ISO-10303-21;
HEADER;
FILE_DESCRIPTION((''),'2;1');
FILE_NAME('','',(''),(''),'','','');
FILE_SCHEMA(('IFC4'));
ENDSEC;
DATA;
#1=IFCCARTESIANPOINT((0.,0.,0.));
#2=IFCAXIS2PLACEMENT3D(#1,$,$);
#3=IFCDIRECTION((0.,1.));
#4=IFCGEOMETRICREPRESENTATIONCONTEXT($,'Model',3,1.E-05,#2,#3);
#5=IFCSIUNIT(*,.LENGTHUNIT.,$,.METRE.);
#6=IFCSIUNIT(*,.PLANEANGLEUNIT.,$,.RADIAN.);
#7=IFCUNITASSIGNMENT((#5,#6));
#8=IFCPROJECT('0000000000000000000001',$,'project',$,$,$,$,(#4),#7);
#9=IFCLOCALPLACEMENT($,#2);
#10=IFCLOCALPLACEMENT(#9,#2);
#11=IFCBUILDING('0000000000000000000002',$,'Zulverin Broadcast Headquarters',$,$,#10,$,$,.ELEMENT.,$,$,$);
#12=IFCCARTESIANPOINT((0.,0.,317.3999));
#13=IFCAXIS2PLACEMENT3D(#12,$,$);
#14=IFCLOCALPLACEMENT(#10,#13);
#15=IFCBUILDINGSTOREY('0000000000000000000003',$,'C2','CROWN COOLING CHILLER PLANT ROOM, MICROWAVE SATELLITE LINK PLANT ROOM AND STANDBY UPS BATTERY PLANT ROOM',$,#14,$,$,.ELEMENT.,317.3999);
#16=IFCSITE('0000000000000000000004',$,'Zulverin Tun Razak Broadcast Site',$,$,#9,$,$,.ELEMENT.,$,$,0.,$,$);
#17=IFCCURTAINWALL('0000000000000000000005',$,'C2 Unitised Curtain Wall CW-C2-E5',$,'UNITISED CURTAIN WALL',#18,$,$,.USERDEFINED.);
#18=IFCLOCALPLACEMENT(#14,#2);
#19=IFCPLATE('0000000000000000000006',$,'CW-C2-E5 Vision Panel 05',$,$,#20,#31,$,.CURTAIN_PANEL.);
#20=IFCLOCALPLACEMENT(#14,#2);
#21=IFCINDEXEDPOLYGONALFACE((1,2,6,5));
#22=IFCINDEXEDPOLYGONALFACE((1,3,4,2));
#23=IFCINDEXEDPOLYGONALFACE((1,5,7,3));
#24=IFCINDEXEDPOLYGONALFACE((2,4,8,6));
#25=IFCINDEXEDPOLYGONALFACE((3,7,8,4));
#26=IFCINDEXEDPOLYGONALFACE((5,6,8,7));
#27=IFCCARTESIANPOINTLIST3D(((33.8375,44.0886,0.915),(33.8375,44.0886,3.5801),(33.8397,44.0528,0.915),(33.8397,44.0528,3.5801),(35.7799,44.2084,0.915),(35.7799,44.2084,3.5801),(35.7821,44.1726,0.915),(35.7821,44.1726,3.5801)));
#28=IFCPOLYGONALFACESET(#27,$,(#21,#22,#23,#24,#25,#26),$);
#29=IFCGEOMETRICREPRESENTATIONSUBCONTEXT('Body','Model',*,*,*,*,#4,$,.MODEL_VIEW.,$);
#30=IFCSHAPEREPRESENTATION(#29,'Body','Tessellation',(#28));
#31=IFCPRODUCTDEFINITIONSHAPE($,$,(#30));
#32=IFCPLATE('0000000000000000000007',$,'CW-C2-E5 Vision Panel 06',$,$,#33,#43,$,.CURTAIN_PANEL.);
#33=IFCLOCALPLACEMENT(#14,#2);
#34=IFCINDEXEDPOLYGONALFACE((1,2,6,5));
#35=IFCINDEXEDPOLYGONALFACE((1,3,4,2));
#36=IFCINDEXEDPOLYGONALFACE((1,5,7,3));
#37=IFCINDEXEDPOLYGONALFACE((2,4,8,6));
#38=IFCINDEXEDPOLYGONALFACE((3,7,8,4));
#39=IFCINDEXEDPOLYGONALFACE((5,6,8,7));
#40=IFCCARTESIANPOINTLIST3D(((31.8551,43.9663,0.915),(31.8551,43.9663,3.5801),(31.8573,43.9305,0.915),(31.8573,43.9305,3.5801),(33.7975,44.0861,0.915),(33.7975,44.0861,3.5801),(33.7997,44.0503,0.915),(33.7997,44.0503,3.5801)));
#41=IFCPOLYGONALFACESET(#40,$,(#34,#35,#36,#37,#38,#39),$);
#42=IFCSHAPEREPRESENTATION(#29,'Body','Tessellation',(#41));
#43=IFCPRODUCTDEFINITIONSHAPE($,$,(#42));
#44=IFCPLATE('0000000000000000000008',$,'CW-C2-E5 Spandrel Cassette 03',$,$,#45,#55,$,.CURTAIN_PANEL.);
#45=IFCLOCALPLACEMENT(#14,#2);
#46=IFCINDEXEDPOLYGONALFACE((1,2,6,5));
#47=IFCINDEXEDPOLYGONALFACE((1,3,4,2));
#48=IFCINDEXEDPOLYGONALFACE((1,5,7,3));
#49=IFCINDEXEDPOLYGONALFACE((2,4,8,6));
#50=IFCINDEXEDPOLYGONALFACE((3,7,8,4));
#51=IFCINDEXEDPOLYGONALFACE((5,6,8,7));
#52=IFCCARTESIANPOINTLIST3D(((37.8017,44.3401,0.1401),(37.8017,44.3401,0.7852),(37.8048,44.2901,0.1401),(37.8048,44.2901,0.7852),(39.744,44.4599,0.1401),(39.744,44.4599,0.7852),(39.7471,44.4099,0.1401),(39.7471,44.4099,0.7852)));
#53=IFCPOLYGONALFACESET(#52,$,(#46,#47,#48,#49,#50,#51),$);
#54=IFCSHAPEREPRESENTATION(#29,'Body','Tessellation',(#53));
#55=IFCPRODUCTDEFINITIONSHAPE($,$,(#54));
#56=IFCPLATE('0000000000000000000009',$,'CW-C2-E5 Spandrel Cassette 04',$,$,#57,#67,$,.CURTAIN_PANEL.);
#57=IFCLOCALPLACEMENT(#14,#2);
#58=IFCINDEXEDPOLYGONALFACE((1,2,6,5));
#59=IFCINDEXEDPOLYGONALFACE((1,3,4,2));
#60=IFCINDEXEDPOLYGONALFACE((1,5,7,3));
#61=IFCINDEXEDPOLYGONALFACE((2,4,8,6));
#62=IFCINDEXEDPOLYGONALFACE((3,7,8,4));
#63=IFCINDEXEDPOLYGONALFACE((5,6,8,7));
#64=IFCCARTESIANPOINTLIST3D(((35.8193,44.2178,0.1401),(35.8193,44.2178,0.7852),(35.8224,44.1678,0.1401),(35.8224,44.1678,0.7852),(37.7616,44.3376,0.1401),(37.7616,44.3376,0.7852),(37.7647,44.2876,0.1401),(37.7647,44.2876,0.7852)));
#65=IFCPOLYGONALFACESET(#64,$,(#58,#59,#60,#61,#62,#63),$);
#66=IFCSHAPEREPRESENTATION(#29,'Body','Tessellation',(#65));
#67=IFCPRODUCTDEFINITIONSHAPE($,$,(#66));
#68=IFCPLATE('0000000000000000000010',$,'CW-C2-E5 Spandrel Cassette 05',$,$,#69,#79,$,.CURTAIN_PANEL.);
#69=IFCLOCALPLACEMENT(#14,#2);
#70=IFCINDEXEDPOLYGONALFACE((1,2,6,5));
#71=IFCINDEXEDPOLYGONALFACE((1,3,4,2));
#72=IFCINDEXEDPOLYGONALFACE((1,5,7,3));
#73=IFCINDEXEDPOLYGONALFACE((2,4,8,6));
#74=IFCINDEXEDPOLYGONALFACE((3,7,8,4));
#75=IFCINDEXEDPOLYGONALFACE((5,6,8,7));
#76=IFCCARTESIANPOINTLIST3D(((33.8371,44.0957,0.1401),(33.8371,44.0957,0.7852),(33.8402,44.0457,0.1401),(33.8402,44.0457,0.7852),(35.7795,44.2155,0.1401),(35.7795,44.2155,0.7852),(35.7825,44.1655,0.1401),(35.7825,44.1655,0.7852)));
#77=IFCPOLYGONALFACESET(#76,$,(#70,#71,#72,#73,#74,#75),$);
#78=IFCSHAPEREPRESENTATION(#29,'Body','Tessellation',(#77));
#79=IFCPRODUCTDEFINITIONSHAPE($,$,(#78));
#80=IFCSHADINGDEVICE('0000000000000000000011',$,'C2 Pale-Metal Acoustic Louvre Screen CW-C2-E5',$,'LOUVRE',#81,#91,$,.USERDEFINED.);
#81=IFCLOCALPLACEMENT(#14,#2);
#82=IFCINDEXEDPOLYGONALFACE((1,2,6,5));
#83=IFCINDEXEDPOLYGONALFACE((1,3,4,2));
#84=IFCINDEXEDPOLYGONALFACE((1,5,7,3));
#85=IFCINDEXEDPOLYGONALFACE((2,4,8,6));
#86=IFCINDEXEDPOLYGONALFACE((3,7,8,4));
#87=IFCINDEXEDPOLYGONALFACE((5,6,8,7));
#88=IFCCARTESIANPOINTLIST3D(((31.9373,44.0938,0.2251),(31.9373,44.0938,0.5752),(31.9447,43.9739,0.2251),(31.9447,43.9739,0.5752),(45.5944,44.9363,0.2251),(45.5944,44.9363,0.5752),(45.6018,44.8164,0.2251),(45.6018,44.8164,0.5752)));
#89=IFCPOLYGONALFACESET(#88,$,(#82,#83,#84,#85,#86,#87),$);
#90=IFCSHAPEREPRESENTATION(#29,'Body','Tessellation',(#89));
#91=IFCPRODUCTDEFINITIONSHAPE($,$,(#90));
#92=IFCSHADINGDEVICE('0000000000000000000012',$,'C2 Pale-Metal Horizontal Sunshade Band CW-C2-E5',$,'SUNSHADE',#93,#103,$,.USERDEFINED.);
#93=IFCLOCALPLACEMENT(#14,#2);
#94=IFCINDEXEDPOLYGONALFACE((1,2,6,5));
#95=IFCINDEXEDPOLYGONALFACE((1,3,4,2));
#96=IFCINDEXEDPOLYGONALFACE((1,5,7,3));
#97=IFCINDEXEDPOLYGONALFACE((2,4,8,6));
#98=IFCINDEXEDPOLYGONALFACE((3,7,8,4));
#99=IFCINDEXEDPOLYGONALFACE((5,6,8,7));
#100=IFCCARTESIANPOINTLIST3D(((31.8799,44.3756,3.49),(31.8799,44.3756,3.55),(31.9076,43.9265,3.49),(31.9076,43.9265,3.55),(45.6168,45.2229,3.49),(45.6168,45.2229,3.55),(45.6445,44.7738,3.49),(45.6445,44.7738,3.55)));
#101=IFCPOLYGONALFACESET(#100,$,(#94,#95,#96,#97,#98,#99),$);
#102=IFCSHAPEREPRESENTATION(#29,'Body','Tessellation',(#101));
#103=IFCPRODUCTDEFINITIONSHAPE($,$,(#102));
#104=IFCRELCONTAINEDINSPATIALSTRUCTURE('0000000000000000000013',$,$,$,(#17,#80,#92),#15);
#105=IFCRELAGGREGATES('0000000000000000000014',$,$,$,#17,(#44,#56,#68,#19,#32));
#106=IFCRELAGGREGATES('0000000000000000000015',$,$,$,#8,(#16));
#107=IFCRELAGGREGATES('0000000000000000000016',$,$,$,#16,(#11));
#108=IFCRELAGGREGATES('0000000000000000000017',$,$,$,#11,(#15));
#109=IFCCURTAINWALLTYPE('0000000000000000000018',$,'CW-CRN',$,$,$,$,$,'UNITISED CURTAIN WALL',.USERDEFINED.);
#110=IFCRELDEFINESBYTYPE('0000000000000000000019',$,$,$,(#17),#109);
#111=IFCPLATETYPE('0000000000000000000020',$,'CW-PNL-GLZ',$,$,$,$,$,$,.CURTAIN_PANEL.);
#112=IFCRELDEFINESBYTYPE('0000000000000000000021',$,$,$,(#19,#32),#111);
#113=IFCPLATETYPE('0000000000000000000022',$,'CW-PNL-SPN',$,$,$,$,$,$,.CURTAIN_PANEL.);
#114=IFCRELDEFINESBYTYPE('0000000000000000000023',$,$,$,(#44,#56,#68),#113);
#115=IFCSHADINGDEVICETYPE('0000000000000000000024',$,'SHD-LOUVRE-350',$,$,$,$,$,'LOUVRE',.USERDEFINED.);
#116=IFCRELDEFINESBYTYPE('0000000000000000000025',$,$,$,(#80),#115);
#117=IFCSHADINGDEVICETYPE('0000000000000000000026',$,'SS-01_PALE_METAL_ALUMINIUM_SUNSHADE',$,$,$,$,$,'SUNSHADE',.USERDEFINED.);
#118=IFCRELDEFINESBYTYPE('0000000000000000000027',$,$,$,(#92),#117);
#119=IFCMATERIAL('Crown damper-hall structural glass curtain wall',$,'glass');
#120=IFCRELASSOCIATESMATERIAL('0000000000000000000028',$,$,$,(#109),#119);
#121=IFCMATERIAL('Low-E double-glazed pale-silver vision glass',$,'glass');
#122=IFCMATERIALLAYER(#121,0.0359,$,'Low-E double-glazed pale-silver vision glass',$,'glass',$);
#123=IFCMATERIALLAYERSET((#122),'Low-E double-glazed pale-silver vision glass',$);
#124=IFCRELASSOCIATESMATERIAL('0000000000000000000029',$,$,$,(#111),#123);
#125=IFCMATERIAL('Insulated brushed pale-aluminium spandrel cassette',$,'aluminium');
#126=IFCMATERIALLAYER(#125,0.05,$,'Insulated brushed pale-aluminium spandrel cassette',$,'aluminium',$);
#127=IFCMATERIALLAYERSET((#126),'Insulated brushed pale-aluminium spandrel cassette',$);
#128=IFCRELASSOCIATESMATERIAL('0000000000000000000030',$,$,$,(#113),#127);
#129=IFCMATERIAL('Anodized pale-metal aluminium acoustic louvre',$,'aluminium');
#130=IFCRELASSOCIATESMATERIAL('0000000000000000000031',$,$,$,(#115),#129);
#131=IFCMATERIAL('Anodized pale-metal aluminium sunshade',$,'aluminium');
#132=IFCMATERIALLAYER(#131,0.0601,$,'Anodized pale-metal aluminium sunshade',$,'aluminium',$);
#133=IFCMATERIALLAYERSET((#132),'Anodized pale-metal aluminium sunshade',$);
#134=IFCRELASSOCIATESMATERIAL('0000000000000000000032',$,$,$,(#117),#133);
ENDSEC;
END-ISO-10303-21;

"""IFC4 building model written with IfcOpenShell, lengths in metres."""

from ifc_helpers import new_model, si_unit, direction, frame, origin, origin_2d, place, context, subcontext, project, spatial, rectangle, extrude, material, layer, layer_set, type_object, element, aggregate, save


model = new_model("IFC4")

# Units and contexts
model_context = context("Model", 3, precision=1e-05, world=origin(), true_north=direction((0.0, 1.0)))
body_context = subcontext(model_context, "Body", "Model", "MODEL_VIEW")
ifc_project = project(units=[si_unit("LENGTHUNIT", "METRE"), si_unit("PLANEANGLEUNIT", "RADIAN")], contexts=[model_context])

# Site, building, storey
site_placement = place(None, origin())
site = spatial("IfcSite", under=ifc_project, at=site_placement, Name="Zulverin Tun Razak Broadcast Site", CompositionType="ELEMENT", RefElevation=0.0)
building_placement = place(site_placement, origin())
building = spatial("IfcBuilding", under=site, at=building_placement, Name="Zulverin Broadcast Headquarters", CompositionType="ELEMENT")
storey_placement = place(building_placement, frame((0.0, 0.0, 317.3999)))
storey = spatial("IfcBuildingStorey", under=building, at=storey_placement, Name="C2", Description="CROWN COOLING CHILLER PLANT ROOM, MICROWAVE SATELLITE LINK PLANT ROOM AND STANDBY UPS BATTERY PLANT ROOM", CompositionType="ELEMENT", Elevation=317.3999)

# Curtain wall, plates
ifc_material_1 = material(Name="Crown damper-hall structural glass curtain wall", Category="glass")
curtain_wall_type = type_object("IfcCurtainWallType", Name="CW-CRN", ElementType="UNITISED CURTAIN WALL", PredefinedType="USERDEFINED", material=ifc_material_1)
curtain_wall_placement = place(storey_placement, origin())
curtain_wall = element("IfcCurtainWall", 1, at=curtain_wall_placement, inside=storey, type_object=curtain_wall_type, Name="C2 Unitised Curtain Wall CW-C2-E5", ObjectType="UNITISED CURTAIN WALL", PredefinedType="USERDEFINED")
ifc_material_2 = material(Name="Low-E double-glazed pale-silver vision glass", Category="glass")
ifc_layer_1 = layer(ifc_material_2, 0.0359, Name="Low-E double-glazed pale-silver vision glass", Category="glass")
ifc_layer_set_1 = layer_set([ifc_layer_1], Name="Low-E double-glazed pale-silver vision glass")
plate_type_1 = type_object("IfcPlateType", Name="CW-PNL-GLZ", PredefinedType="CURTAIN_PANEL", material=ifc_layer_set_1)
plate_1_placement = place(storey_placement, frame((34.8098, 44.1306, 0.915), z_axis=(0.0, 0.0, 1.0), x_axis=(-0.998103, -0.061569, 0.0)))
plate_1 = element("IfcPlate", 2, at=plate_1_placement, type_object=plate_type_1, Name="CW-C2-E5 Vision Panel 05", PredefinedType="CURTAIN_PANEL", context=body_context, shape_type="SweptSolid", body=[
    extrude(rectangle(XDim=1.946, YDim=0.0359, at=origin_2d()), origin(), (0.0, 0.0, 1.0), 2.665),
])
plate_2_placement = place(storey_placement, frame((32.8274, 44.0083, 0.915), z_axis=(0.0, 0.0, 1.0), x_axis=(-0.998103, -0.061569, 0.0)))
plate_2 = element("IfcPlate", 3, at=plate_2_placement, type_object=plate_type_1, Name="CW-C2-E5 Vision Panel 06", PredefinedType="CURTAIN_PANEL", context=body_context, shape_type="SweptSolid", body=[
    extrude(rectangle(XDim=1.946, YDim=0.0359, at=origin_2d()), origin(), (0.0, 0.0, 1.0), 2.665),
])
ifc_material_3 = material(Name="Insulated brushed pale-aluminium spandrel cassette", Category="aluminium")
ifc_layer_2 = layer(ifc_material_3, 0.05, Name="Insulated brushed pale-aluminium spandrel cassette", Category="aluminium")
ifc_layer_set_2 = layer_set([ifc_layer_2], Name="Insulated brushed pale-aluminium spandrel cassette")
plate_type_2 = type_object("IfcPlateType", Name="CW-PNL-SPN", PredefinedType="CURTAIN_PANEL", material=ifc_layer_set_2)
plate_3_placement = place(storey_placement, frame((38.7744, 44.375, 0.1401), z_axis=(0.0, 0.0, 1.0), x_axis=(-0.998103, -0.061569, 0.0)))
plate_3 = element("IfcPlate", 4, at=plate_3_placement, type_object=plate_type_2, Name="CW-C2-E5 Spandrel Cassette 03", PredefinedType="CURTAIN_PANEL", context=body_context, shape_type="SweptSolid", body=[
    extrude(rectangle(XDim=1.946, YDim=0.05, at=origin_2d()), origin(), (0.0, 0.0, 1.0), 0.645),
])
plate_4_placement = place(storey_placement, frame((36.792, 44.2527, 0.1401), z_axis=(0.0, 0.0, 1.0), x_axis=(-0.998103, -0.061569, 0.0)))
plate_4 = element("IfcPlate", 5, at=plate_4_placement, type_object=plate_type_2, Name="CW-C2-E5 Spandrel Cassette 04", PredefinedType="CURTAIN_PANEL", context=body_context, shape_type="SweptSolid", body=[
    extrude(rectangle(XDim=1.946, YDim=0.05, at=origin_2d()), origin(), (0.0, 0.0, 1.0), 0.645),
])
plate_5_placement = place(storey_placement, frame((34.8098, 44.1306, 0.1401), z_axis=(0.0, 0.0, 1.0), x_axis=(-0.998103, -0.061569, 0.0)))
plate_5 = element("IfcPlate", 6, at=plate_5_placement, type_object=plate_type_2, Name="CW-C2-E5 Spandrel Cassette 05", PredefinedType="CURTAIN_PANEL", context=body_context, shape_type="SweptSolid", body=[
    extrude(rectangle(XDim=1.946, YDim=0.05, at=origin_2d()), origin(), (0.0, 0.0, 1.0), 0.645),
])
aggregate(curtain_wall, [plate_3, plate_4, plate_5, plate_1, plate_2])

# Shading devices
ifc_material_4 = material(Name="Anodized pale-metal aluminium acoustic louvre", Category="aluminium")
shading_device_type_1 = type_object("IfcShadingDeviceType", Name="SHD-LOUVRE-350", ElementType="LOUVRE", PredefinedType="USERDEFINED", material=ifc_material_4)
shading_device_1_placement = place(storey_placement, frame((38.7695, 44.4551, 0.2251), z_axis=(0.0, 0.0, 1.0), x_axis=(-0.998103, -0.061569, 0.0)))
element("IfcShadingDevice", 7, at=shading_device_1_placement, inside=storey, type_object=shading_device_type_1, Name="C2 Pale-Metal Acoustic Louvre Screen CW-C2-E5", ObjectType="LOUVRE", PredefinedType="USERDEFINED", context=body_context, shape_type="SweptSolid", body=[
    extrude(rectangle(XDim=13.6831, YDim=0.1201, at=origin_2d()), origin(), (0.0, 0.0, 1.0), 0.3501),
])
ifc_material_5 = material(Name="Anodized pale-metal aluminium sunshade", Category="aluminium")
ifc_layer_3 = layer(ifc_material_5, 0.0601, Name="Anodized pale-metal aluminium sunshade", Category="aluminium")
ifc_layer_set_3 = layer_set([ifc_layer_3], Name="Anodized pale-metal aluminium sunshade")
shading_device_type_2 = type_object("IfcShadingDeviceType", Name="SS-01_PALE_METAL_ALUMINIUM_SUNSHADE", ElementType="SUNSHADE", PredefinedType="USERDEFINED", material=ifc_layer_set_3)
shading_device_2_placement = place(storey_placement, frame((38.7622, 44.5747, 3.49), z_axis=(0.0, 0.0, 1.0), x_axis=(-0.998103, -0.061569, 0.0)))
element("IfcShadingDevice", 8, at=shading_device_2_placement, inside=storey, type_object=shading_device_type_2, Name="C2 Pale-Metal Horizontal Sunshade Band CW-C2-E5", ObjectType="SUNSHADE", PredefinedType="USERDEFINED", context=body_context, shape_type="SweptSolid", body=[
    extrude(rectangle(XDim=13.7629, YDim=0.45, at=origin_2d()), origin(), (0.0, 0.0, 1.0), 0.0601),
])

save(model, "model.ifc")
